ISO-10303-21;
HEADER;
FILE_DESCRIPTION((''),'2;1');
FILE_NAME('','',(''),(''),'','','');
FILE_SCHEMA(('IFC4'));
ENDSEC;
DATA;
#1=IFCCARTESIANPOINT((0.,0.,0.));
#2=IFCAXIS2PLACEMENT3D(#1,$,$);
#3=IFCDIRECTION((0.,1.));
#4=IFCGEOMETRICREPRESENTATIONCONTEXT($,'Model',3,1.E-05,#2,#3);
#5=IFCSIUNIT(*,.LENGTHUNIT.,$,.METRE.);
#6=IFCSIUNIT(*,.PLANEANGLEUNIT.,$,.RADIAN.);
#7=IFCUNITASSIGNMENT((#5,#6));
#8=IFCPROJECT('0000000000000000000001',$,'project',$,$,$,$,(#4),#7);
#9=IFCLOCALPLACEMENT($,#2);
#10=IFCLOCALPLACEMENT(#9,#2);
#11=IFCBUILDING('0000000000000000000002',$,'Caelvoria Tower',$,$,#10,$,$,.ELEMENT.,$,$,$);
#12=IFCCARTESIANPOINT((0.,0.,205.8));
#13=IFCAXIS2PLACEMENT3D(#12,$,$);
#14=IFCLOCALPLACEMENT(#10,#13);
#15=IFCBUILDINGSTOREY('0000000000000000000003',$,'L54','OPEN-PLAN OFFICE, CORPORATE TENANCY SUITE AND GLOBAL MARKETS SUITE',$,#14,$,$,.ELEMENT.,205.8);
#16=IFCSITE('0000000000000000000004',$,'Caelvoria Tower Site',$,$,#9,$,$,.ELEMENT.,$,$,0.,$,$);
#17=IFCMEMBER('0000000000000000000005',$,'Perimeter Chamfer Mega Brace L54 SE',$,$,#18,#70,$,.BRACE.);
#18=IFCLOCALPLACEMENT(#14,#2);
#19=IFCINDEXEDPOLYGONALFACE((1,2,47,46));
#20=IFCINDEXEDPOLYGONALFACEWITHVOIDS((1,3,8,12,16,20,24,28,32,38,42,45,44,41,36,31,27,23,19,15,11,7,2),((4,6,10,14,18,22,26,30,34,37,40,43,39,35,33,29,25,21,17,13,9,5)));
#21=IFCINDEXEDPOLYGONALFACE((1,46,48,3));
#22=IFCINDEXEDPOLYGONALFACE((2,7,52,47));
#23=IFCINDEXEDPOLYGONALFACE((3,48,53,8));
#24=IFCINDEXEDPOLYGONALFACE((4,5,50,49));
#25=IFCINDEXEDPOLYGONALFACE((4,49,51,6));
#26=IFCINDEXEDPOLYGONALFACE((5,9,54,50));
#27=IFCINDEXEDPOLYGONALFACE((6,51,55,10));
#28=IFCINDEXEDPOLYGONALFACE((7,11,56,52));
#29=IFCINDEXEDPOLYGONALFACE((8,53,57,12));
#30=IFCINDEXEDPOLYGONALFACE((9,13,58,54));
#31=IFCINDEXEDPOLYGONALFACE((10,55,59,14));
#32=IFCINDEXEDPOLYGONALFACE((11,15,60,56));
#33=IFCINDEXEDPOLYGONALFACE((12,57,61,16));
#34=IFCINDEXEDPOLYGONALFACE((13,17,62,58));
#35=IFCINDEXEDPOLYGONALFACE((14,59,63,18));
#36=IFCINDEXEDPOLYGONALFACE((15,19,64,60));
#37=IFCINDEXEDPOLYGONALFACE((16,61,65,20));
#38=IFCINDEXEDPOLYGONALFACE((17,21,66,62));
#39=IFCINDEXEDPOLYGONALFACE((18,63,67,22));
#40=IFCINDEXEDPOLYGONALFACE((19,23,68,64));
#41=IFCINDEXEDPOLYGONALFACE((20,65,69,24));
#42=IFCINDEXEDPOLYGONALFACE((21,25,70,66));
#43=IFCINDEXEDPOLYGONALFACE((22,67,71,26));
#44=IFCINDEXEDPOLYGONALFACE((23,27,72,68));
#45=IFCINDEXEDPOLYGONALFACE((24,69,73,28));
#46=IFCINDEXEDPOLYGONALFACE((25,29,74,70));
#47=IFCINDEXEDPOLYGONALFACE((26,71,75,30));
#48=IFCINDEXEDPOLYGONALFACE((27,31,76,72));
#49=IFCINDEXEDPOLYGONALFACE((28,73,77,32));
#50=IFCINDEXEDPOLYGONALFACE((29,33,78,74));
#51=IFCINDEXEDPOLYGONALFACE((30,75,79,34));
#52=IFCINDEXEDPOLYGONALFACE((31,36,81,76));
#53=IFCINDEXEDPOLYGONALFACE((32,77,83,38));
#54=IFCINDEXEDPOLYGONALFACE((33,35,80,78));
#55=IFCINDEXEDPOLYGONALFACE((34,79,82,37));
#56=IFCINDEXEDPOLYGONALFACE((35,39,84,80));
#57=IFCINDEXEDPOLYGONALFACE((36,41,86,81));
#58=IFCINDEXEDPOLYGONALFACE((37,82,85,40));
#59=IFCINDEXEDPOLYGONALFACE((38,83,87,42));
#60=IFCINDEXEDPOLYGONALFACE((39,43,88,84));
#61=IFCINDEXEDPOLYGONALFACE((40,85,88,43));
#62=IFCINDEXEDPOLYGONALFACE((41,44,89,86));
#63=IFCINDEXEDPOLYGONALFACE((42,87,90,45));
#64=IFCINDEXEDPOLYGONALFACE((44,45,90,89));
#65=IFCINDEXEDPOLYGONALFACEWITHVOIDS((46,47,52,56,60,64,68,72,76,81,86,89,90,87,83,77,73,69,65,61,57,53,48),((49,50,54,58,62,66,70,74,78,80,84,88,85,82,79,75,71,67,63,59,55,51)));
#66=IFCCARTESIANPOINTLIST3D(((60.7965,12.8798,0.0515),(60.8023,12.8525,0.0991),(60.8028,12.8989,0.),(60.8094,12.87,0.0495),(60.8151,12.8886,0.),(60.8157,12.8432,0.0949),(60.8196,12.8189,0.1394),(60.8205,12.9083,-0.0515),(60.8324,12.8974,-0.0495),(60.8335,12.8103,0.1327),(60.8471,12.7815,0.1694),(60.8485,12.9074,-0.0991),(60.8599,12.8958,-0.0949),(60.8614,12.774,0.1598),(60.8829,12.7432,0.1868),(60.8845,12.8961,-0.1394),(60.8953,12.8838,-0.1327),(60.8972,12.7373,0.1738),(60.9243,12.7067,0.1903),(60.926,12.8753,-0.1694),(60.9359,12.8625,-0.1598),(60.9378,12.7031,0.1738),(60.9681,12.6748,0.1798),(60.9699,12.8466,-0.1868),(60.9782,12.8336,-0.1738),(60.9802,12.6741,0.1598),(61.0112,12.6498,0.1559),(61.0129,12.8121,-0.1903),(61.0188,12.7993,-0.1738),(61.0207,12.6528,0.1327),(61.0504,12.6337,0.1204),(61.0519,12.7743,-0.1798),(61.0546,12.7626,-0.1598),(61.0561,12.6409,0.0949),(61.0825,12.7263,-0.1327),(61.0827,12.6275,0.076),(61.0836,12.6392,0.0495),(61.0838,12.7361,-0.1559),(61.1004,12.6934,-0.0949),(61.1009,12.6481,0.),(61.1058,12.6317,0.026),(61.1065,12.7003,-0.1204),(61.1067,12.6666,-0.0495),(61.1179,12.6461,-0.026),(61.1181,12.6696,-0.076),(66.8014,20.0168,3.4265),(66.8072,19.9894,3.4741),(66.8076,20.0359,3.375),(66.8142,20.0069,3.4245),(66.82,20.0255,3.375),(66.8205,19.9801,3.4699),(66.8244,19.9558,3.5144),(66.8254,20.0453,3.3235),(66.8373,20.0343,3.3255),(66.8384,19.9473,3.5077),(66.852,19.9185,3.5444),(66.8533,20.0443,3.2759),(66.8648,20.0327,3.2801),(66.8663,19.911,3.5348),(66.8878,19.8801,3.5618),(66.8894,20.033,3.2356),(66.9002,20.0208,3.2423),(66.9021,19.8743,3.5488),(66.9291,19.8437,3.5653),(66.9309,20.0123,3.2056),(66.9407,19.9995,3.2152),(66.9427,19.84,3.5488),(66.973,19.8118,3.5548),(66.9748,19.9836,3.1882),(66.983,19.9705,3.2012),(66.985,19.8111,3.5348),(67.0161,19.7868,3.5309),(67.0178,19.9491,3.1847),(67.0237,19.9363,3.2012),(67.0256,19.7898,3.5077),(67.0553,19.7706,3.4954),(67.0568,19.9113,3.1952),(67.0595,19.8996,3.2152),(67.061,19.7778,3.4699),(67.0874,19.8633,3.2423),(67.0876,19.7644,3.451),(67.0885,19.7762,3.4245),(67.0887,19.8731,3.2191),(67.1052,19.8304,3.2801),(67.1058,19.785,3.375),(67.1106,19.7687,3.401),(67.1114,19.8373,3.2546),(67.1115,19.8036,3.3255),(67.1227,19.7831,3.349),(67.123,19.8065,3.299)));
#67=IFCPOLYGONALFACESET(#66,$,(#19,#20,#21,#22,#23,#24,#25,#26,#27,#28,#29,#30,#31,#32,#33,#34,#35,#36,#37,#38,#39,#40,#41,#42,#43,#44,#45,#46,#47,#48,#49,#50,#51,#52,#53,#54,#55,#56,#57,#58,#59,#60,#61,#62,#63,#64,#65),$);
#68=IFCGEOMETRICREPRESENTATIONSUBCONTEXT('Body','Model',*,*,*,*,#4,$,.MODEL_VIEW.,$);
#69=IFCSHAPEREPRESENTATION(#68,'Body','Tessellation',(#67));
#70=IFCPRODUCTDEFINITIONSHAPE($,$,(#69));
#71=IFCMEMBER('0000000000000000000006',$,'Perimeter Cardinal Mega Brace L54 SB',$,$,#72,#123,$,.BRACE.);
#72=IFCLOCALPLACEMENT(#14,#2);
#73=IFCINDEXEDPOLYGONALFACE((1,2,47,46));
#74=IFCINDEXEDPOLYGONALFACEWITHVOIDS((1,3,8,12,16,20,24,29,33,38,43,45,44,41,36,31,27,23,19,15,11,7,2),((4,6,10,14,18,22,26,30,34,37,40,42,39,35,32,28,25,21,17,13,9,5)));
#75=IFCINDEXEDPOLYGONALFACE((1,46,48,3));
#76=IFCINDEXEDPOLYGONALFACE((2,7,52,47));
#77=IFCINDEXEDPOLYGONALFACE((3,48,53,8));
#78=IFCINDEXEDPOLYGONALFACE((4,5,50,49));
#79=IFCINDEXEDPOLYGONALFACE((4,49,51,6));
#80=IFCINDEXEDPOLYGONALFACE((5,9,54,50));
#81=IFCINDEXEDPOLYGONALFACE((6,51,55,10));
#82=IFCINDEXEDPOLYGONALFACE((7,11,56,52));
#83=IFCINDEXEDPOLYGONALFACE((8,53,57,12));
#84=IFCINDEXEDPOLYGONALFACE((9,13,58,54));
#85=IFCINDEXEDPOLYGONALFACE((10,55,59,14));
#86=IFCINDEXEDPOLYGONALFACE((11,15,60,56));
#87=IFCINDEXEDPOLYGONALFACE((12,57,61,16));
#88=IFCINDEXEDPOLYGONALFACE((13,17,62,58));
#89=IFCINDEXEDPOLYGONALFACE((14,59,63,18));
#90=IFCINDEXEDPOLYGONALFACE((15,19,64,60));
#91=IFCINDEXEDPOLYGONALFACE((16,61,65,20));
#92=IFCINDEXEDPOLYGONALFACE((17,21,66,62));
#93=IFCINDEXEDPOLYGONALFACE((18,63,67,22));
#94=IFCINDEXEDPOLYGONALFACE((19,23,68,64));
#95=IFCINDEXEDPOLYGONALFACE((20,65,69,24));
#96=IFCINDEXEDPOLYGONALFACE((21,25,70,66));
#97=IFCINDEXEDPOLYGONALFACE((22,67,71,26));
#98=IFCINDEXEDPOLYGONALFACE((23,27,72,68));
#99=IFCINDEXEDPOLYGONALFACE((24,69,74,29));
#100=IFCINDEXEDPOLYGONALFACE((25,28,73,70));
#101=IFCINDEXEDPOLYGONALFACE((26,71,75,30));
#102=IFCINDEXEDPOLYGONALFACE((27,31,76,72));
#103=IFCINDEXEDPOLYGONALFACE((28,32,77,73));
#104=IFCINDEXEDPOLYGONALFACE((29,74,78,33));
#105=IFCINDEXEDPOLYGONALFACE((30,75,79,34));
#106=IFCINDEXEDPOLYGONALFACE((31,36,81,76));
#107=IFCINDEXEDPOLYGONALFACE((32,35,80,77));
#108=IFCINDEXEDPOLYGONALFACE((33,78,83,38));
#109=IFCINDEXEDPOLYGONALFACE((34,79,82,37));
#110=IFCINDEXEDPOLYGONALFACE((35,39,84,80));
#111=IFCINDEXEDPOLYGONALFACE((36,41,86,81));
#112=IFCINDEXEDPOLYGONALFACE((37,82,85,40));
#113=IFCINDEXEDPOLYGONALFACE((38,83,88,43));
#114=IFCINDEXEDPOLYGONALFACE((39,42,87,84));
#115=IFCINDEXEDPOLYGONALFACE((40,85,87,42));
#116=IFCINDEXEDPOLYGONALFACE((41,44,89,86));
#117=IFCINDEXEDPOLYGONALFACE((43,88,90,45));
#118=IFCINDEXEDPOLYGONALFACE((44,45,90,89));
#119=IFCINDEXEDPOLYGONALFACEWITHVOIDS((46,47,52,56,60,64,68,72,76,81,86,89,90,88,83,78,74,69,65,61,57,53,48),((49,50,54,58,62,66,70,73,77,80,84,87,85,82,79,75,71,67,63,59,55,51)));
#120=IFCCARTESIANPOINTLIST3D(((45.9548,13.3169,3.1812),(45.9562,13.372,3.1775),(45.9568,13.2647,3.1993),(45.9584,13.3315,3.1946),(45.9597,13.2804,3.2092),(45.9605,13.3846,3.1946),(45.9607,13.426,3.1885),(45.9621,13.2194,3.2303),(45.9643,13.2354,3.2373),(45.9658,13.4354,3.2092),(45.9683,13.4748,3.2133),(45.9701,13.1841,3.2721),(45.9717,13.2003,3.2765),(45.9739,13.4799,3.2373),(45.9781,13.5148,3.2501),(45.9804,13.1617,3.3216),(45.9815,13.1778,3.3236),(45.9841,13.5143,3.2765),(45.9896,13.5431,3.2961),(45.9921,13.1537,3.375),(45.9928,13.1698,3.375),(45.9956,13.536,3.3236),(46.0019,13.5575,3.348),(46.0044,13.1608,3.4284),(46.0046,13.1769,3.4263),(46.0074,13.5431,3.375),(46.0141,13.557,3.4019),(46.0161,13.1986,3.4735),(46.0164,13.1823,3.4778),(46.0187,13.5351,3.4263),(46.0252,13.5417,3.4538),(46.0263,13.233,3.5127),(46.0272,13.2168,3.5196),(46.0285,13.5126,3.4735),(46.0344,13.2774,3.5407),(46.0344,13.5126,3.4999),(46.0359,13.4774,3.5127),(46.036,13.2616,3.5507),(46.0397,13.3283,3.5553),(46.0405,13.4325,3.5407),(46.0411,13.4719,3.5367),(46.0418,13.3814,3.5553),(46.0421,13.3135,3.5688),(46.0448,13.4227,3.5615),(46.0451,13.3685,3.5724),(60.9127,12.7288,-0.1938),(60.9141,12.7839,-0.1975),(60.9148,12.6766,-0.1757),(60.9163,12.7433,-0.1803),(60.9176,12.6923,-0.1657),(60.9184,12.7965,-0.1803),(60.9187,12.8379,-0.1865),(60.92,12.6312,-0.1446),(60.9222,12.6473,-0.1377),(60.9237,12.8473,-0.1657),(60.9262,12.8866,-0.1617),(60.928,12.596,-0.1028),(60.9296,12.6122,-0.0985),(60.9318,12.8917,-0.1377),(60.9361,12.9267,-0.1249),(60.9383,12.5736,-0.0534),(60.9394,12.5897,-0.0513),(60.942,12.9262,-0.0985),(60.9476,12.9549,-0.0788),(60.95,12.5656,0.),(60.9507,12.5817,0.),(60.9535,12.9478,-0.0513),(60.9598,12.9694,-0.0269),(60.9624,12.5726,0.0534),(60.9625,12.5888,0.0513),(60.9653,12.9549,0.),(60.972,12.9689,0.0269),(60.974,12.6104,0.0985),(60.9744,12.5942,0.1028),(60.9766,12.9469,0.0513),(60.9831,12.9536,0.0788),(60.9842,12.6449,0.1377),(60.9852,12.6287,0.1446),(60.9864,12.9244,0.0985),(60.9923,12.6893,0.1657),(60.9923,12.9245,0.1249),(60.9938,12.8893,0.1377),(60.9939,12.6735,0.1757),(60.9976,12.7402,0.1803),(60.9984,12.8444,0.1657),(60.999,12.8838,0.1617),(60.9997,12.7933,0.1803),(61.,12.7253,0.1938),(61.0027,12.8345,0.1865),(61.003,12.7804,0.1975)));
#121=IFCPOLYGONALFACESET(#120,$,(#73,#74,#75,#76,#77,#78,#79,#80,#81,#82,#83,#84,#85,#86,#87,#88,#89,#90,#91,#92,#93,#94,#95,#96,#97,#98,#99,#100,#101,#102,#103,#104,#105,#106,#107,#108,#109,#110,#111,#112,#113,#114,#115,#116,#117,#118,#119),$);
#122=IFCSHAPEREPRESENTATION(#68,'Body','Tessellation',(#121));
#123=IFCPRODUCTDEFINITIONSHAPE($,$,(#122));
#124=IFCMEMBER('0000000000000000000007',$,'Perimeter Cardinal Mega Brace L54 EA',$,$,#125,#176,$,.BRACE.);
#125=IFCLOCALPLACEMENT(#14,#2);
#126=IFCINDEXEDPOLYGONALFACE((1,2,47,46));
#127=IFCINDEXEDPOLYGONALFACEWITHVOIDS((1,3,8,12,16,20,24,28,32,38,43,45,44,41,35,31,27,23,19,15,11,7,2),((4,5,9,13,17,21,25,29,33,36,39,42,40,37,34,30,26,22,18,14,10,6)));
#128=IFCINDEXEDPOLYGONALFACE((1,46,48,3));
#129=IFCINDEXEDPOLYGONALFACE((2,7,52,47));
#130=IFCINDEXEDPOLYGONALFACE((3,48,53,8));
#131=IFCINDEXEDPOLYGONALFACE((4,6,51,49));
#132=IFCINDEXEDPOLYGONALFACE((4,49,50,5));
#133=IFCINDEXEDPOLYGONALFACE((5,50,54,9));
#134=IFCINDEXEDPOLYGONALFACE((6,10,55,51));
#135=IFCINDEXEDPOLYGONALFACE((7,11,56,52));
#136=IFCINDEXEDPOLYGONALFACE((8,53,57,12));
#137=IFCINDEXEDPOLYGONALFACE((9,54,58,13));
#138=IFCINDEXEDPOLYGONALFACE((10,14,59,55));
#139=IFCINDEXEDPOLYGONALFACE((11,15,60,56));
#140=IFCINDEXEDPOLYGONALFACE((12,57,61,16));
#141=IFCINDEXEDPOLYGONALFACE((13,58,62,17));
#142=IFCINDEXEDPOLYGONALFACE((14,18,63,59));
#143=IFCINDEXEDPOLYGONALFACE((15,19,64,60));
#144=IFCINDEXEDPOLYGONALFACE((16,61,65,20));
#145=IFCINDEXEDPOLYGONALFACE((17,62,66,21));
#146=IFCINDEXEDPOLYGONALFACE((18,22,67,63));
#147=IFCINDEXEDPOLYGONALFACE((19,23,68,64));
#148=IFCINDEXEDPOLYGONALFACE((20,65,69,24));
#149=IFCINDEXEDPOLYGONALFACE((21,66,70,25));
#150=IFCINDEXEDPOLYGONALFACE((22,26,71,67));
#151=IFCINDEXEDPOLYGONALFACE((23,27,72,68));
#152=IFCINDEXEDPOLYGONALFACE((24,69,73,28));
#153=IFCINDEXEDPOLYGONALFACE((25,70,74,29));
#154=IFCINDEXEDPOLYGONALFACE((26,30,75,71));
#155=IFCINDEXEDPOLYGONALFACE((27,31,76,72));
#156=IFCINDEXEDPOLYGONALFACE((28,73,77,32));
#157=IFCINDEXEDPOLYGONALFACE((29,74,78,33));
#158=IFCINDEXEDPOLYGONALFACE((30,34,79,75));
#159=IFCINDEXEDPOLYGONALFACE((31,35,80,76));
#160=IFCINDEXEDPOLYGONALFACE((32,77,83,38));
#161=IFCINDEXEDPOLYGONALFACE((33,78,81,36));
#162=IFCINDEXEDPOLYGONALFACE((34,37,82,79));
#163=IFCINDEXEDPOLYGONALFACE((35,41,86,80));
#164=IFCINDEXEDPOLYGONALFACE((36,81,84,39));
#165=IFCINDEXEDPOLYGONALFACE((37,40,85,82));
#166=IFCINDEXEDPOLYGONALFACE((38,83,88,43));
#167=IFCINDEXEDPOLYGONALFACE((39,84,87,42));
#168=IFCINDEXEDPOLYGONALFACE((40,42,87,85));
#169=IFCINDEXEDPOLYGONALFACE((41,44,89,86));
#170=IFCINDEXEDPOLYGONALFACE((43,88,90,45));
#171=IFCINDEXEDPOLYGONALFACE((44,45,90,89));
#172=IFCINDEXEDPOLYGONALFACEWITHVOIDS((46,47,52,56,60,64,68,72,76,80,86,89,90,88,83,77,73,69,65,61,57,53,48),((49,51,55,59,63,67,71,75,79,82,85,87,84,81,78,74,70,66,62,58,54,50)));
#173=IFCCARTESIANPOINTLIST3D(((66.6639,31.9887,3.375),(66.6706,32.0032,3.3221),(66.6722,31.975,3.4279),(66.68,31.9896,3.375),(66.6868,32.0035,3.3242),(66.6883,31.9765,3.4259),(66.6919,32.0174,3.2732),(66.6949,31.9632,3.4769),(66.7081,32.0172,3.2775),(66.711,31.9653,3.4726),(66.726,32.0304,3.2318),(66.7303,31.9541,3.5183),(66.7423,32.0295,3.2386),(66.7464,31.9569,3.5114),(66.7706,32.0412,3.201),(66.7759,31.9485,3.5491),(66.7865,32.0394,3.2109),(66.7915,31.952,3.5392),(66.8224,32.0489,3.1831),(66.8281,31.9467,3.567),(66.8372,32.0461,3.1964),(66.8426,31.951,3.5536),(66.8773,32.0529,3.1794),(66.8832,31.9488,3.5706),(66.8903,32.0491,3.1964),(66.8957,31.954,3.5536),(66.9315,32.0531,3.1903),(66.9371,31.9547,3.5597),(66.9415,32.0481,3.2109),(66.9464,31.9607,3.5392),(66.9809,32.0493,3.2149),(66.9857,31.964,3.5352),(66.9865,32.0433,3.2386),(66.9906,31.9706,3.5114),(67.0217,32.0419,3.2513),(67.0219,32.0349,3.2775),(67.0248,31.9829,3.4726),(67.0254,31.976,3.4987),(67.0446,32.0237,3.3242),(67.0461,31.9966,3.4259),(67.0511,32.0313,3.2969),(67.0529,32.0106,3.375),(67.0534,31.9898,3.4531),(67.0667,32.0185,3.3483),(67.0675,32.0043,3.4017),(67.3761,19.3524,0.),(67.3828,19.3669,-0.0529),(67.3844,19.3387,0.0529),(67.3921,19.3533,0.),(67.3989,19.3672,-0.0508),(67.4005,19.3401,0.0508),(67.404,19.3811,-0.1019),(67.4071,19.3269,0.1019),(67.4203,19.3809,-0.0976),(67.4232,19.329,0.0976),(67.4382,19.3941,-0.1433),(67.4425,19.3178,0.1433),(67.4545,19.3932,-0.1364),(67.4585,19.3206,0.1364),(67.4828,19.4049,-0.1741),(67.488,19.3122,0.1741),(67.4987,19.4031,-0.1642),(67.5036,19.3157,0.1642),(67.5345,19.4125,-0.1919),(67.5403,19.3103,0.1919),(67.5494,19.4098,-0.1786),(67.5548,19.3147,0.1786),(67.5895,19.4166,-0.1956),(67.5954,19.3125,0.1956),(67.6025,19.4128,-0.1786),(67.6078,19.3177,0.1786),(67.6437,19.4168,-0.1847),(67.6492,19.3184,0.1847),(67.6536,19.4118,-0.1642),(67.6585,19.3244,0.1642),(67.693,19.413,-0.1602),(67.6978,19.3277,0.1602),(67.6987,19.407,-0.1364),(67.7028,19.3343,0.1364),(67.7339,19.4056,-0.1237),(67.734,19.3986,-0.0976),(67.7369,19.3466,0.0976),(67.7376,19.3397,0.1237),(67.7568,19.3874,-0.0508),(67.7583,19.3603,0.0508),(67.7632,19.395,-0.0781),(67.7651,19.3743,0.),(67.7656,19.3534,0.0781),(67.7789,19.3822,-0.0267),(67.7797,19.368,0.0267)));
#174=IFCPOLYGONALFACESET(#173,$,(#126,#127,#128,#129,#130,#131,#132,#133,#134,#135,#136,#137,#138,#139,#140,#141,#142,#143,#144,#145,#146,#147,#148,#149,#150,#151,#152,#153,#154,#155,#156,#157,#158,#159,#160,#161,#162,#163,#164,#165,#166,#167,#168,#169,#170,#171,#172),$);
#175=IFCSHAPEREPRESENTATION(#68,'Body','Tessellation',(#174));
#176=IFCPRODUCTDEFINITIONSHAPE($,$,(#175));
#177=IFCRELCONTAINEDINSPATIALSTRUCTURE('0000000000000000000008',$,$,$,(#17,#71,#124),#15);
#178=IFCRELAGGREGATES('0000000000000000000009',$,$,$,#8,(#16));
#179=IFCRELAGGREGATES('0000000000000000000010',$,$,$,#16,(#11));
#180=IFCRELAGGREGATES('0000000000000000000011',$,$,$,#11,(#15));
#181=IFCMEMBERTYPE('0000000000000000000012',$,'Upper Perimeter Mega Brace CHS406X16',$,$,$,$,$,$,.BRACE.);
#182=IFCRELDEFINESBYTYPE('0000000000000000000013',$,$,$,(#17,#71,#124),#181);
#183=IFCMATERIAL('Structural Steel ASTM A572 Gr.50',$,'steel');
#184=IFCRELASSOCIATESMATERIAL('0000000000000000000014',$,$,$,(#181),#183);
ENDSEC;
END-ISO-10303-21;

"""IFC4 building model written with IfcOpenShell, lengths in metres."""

from ifc_helpers import new_model, si_unit, direction, frame, origin, origin_2d, place, context, subcontext, project, spatial, hollow_circle, extrude, material, material_profile, profile_set, type_object, element, save


model = new_model("IFC4")

# Units and contexts
model_context = context("Model", 3, precision=1e-05, world=origin(), true_north=direction((0.0, 1.0)))
body_context = subcontext(model_context, "Body", "Model", "MODEL_VIEW")
ifc_project = project(units=[si_unit("LENGTHUNIT", "METRE"), si_unit("PLANEANGLEUNIT", "RADIAN")], contexts=[model_context])

# Site, building, storey
site_placement = place(None, origin())
site = spatial("IfcSite", under=ifc_project, at=site_placement, Name="Caelvoria Tower Site", CompositionType="ELEMENT", RefElevation=0.0)
building_placement = place(site_placement, origin())
building = spatial("IfcBuilding", under=site, at=building_placement, Name="Caelvoria Tower", CompositionType="ELEMENT")
storey_placement = place(building_placement, frame((0.0, 0.0, 205.8)))
storey = spatial("IfcBuildingStorey", under=building, at=storey_placement, Name="L54", Description="OPEN-PLAN OFFICE, CORPORATE TENANCY SUITE AND GLOBAL MARKETS SUITE", CompositionType="ELEMENT", Elevation=205.8)

# Shared definitions
ifc_material_1 = material(Name="Structural Steel ASTM A572 Gr.50", Category="steel")

# Members
ifc_material_profile_1 = material_profile(ifc_material_1, hollow_circle(Radius=0.2029, WallThickness=0.0161, at=origin_2d()), Name="Structural Steel ASTM A572 Gr.50")
ifc_profile_set_1 = profile_set([ifc_material_profile_1], Name="CHS406X16 - Structural Steel ASTM A572 Gr.50")
member_type = type_object("IfcMemberType", Name="Upper Perimeter Mega Brace CHS406X16", PredefinedType="BRACE", material=ifc_profile_set_1)
member_1_placement = place(storey_placement, frame((60.958, 12.7683, 0.0), z_axis=(0.605395, 0.719528, 0.340258), x_axis=(-0.765185, 0.64381, 0.0)))
element("IfcMember", 1, at=member_1_placement, inside=storey, type_object=member_type, Name="Perimeter Chamfer Mega Brace L54 SE", PredefinedType="BRACE", context=body_context, shape_type="SweptSolid", body=[
    extrude(hollow_circle(Radius=0.2029, WallThickness=0.0161, at=origin_2d()), origin(), (0.0, 0.0, 1.0), 9.9189),
])
member_2_placement = place(storey_placement, frame((60.958, 12.7683, 0.0), z_axis=(-0.974761, 0.038327, 0.219937), x_axis=(-0.039289, -0.999228, 0.0)))
element("IfcMember", 2, at=member_2_placement, inside=storey, type_object=member_type, Name="Perimeter Cardinal Mega Brace L54 SB", PredefinedType="BRACE", context=body_context, shape_type="SweptSolid", body=[
    extrude(hollow_circle(Radius=0.2029, WallThickness=0.0161, at=origin_2d()), origin(), (0.0, 0.0, 1.0), 15.3452),
])
member_3_placement = place(storey_placement, frame((67.5786, 19.3638, 0.0), z_axis=(-0.054369, 0.964704, 0.257662), x_axis=(-0.998416, -0.056269, 0.0)))
element("IfcMember", 3, at=member_3_placement, inside=storey, type_object=member_type, Name="Perimeter Cardinal Mega Brace L54 EA", PredefinedType="BRACE", context=body_context, shape_type="SweptSolid", body=[
    extrude(hollow_circle(Radius=0.2029, WallThickness=0.0161, at=origin_2d()), origin(), (0.0, 0.0, 1.0), 13.0986),
])

save(model, "model.ifc")
